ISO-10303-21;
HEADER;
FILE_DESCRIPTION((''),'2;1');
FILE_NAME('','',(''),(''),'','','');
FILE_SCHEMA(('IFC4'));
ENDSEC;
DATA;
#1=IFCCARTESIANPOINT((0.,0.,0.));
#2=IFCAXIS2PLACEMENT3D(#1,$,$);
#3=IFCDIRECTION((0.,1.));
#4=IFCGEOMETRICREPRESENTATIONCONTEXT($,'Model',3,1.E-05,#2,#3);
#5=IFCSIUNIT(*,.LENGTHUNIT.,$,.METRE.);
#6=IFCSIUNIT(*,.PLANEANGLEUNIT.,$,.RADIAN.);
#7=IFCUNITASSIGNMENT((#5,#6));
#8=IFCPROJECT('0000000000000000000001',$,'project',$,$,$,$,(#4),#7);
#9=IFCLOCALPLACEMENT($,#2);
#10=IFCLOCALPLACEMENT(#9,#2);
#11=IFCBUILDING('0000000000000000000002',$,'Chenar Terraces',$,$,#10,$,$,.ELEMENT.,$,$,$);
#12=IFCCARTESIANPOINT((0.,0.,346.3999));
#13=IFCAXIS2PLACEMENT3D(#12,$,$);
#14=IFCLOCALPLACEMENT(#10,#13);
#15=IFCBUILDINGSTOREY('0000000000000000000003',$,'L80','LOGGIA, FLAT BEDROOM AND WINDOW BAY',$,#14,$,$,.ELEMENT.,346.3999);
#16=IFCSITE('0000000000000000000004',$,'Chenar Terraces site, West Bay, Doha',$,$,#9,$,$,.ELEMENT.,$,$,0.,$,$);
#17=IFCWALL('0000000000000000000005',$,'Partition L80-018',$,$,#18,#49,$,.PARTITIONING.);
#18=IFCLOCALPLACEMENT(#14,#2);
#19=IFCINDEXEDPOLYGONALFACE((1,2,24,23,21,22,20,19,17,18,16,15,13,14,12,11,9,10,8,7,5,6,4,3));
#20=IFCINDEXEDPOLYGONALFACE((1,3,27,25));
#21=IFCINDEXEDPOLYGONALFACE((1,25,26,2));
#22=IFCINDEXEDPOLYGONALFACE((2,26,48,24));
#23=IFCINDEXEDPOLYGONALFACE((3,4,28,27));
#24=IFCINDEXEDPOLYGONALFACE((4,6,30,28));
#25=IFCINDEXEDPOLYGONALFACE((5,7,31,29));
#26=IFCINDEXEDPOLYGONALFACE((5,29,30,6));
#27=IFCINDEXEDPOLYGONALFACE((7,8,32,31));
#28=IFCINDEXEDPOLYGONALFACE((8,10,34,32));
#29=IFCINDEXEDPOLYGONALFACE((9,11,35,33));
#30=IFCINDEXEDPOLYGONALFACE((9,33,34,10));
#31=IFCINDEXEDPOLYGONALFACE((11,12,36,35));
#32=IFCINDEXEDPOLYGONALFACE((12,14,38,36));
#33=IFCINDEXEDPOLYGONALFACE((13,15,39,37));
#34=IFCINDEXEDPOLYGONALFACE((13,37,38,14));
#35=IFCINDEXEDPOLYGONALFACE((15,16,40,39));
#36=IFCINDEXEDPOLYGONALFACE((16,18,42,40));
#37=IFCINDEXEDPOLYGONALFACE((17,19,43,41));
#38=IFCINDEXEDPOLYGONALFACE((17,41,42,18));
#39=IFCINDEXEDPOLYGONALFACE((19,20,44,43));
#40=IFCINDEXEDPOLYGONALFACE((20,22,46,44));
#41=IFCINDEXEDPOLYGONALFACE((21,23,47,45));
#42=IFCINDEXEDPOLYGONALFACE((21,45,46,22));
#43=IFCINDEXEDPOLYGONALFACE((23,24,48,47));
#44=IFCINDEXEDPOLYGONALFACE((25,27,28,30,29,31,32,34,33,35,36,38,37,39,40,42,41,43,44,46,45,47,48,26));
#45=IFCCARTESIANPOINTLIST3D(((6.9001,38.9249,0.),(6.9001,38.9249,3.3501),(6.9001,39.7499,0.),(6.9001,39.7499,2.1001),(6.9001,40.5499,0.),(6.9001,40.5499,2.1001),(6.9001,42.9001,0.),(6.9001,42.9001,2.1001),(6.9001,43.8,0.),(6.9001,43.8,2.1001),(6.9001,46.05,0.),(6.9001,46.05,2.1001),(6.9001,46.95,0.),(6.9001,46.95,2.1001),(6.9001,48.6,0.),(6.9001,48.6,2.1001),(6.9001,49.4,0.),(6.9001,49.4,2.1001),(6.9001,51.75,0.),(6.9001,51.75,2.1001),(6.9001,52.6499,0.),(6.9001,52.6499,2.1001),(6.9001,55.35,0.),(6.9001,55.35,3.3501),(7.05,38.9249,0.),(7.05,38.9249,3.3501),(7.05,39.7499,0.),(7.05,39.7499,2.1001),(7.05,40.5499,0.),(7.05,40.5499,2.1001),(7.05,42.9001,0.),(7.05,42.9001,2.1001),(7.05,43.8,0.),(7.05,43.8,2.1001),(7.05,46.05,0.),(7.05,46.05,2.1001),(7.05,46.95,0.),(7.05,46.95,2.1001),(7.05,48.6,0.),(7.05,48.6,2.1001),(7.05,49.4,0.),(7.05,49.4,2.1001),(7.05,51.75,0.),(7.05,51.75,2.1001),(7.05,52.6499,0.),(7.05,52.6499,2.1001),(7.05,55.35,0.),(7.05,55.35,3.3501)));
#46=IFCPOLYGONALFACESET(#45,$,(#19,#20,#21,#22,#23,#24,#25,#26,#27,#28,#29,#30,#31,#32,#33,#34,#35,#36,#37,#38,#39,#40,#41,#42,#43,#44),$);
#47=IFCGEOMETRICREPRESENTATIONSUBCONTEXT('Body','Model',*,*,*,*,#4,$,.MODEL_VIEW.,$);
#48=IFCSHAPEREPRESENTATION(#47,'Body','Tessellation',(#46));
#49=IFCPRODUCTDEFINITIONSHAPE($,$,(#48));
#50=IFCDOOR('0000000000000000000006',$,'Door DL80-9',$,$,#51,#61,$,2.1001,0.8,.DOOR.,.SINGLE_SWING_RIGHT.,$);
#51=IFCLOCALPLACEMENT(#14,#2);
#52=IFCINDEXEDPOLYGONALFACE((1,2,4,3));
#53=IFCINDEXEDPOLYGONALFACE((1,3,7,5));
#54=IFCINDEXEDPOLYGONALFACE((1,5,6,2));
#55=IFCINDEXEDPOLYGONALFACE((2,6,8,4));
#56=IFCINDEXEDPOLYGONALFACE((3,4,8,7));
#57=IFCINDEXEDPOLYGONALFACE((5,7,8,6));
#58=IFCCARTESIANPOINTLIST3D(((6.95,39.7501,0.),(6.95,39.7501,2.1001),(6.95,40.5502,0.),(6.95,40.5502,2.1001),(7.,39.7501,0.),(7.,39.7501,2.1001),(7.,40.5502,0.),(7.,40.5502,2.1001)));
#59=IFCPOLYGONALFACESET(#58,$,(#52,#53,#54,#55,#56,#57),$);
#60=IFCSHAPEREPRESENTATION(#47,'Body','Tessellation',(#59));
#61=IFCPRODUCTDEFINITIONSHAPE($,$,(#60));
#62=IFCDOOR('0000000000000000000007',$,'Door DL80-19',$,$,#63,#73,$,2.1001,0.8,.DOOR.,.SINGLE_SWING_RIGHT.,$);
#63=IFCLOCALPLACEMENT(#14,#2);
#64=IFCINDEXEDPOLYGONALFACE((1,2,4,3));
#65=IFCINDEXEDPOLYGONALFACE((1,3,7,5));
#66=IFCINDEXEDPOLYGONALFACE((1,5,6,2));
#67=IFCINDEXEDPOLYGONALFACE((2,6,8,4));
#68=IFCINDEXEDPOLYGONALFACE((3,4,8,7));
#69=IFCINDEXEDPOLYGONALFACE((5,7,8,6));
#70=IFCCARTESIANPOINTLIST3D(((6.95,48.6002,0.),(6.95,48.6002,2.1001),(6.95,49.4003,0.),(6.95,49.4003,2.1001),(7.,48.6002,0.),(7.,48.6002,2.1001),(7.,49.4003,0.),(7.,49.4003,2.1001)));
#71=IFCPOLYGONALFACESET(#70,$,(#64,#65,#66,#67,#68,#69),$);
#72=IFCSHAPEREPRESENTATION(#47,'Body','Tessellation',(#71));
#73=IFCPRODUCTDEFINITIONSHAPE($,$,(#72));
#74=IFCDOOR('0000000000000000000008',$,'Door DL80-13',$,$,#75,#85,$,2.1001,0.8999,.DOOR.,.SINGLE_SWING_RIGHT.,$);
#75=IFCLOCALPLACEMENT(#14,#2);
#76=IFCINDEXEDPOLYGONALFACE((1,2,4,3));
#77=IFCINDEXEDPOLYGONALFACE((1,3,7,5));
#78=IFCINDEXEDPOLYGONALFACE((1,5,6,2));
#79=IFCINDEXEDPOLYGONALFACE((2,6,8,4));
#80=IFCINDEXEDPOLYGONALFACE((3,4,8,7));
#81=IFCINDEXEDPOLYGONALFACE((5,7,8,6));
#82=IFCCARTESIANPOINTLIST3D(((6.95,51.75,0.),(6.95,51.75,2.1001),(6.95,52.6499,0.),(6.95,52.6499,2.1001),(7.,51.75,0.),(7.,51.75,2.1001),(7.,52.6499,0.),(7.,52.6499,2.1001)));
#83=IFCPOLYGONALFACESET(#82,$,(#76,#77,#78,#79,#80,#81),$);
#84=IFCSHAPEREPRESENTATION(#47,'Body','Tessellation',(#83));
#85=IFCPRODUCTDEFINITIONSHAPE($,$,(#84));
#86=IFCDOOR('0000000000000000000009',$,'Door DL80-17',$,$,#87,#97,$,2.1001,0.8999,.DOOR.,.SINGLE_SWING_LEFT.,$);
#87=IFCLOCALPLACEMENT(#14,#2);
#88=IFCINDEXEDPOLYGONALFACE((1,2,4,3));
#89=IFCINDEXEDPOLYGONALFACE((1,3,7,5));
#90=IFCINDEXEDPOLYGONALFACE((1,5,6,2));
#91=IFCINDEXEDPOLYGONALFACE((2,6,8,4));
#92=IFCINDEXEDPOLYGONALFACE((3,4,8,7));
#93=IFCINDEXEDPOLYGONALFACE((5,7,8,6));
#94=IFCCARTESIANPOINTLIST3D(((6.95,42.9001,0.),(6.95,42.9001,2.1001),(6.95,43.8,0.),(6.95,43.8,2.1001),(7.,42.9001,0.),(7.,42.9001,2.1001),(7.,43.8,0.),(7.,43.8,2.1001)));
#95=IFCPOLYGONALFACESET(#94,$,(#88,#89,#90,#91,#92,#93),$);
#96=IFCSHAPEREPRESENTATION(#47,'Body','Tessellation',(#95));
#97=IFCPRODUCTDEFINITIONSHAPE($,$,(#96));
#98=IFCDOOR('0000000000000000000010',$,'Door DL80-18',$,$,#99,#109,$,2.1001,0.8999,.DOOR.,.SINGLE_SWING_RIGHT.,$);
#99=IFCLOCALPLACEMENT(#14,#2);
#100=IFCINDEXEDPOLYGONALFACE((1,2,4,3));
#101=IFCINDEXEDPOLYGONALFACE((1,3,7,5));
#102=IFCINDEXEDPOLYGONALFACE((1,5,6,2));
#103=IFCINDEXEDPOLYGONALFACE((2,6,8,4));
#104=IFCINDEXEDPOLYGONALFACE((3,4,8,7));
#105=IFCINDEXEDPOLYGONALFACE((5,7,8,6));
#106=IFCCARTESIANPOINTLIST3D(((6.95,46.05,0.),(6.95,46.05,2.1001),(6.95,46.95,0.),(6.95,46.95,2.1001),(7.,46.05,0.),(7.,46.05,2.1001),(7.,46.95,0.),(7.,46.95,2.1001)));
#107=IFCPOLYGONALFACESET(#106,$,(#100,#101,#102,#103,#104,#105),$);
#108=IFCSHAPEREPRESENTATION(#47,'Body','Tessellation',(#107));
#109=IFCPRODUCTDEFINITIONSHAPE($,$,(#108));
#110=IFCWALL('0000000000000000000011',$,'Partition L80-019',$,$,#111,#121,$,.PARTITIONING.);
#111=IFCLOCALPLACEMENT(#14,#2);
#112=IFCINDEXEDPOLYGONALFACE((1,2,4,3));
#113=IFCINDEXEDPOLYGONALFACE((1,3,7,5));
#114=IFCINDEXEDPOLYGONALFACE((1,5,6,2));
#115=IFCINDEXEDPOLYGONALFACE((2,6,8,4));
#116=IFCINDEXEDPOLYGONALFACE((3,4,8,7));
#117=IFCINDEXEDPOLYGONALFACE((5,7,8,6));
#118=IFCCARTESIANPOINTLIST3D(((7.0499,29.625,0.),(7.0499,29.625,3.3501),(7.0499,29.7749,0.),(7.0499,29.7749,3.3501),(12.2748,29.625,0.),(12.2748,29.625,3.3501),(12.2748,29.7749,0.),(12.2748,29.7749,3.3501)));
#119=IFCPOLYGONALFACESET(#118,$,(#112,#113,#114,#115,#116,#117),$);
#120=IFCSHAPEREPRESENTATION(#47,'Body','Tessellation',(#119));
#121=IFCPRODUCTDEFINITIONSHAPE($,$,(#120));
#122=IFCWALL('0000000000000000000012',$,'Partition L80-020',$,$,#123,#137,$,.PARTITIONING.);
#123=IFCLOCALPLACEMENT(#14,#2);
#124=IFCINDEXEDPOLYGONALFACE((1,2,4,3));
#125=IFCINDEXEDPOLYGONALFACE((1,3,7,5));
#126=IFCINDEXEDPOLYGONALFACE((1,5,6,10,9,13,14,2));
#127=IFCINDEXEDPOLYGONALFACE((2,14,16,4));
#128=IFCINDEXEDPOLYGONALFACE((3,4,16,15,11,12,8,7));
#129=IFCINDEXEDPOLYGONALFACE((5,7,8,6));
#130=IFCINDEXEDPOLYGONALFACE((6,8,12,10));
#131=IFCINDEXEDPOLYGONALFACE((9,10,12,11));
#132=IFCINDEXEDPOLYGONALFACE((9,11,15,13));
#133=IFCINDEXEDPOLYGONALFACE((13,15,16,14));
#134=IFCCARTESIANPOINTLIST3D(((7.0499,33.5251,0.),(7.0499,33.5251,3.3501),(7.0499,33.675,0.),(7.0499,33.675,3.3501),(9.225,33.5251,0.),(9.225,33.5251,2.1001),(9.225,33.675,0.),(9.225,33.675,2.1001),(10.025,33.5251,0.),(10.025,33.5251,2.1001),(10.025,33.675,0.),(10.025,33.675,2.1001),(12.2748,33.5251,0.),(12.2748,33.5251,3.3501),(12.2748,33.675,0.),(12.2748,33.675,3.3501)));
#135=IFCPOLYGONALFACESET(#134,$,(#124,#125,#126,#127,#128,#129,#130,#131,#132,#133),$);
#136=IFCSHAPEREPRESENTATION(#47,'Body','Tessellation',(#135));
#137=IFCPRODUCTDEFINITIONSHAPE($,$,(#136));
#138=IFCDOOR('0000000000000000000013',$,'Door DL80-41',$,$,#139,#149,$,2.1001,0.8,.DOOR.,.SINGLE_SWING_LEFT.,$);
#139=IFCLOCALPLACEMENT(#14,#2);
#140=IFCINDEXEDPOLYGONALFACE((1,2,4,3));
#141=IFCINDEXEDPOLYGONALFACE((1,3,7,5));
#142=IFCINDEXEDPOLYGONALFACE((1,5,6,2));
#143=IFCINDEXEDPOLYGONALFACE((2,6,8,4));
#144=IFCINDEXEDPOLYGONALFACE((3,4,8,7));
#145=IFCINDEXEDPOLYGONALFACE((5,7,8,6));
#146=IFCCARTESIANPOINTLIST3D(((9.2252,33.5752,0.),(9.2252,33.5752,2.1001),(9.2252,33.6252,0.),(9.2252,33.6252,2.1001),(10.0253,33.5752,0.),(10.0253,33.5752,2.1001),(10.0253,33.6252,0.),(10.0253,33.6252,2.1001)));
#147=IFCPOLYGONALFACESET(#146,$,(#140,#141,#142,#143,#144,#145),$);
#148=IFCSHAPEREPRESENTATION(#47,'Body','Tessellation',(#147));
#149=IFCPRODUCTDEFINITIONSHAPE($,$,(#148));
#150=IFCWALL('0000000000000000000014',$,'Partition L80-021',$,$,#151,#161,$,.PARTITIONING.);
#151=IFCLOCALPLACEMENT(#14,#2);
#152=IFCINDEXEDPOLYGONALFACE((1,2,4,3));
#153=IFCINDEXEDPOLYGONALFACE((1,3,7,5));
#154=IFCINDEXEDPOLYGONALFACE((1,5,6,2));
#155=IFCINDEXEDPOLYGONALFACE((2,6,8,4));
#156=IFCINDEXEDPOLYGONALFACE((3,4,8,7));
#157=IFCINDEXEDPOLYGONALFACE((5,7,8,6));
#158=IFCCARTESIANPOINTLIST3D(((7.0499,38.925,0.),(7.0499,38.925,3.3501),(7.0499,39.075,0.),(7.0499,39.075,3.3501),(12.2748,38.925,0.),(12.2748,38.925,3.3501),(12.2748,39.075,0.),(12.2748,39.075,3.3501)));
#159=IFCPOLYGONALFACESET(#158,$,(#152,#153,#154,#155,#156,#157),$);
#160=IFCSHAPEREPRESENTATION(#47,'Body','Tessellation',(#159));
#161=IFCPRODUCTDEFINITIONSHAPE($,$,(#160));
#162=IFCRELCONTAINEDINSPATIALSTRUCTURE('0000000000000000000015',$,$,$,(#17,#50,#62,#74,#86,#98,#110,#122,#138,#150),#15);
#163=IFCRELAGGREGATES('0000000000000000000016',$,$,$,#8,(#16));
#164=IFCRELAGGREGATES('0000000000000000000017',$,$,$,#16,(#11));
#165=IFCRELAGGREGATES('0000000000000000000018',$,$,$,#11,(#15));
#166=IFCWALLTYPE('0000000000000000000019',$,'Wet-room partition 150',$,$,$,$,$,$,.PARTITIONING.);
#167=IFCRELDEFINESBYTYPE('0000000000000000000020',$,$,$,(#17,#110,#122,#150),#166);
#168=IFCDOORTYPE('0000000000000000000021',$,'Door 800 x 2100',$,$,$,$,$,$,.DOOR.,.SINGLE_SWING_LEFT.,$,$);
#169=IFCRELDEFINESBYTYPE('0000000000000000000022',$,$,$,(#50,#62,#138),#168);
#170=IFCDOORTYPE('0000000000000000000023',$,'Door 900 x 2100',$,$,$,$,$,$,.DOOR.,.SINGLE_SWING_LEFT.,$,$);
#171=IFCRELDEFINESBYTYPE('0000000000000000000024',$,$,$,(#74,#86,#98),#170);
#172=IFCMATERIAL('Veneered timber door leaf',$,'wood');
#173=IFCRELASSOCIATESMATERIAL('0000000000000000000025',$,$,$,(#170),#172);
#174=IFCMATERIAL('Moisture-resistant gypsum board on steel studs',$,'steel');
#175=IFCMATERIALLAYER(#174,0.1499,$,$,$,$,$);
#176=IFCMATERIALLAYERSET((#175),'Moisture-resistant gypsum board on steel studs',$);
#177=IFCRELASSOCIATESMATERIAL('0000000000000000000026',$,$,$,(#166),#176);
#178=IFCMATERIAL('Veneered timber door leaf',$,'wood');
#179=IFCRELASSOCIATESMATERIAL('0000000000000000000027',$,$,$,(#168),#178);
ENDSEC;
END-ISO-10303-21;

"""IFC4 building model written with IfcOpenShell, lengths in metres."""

from ifc_helpers import new_model, si_unit, direction, frame, frame_2d, origin, place, context, subcontext, project, spatial, rectangle, extrude, material, layer, layer_set, type_object, element, fill, save


model = new_model("IFC4")

# Units and contexts
model_context = context("Model", 3, precision=1e-05, world=origin(), true_north=direction((0.0, 1.0)))
body_context = subcontext(model_context, "Body", "Model", "MODEL_VIEW")
ifc_project = project(units=[si_unit("LENGTHUNIT", "METRE"), si_unit("PLANEANGLEUNIT", "RADIAN")], contexts=[model_context])

# Site, building, storey
site_placement = place(None, origin())
site = spatial("IfcSite", under=ifc_project, at=site_placement, Name="Chenar Terraces site, West Bay, Doha", CompositionType="ELEMENT", RefElevation=0.0)
building_placement = place(site_placement, origin())
building = spatial("IfcBuilding", under=site, at=building_placement, Name="Chenar Terraces", CompositionType="ELEMENT")
storey_placement = place(building_placement, frame((0.0, 0.0, 346.3999)))
storey = spatial("IfcBuildingStorey", under=building, at=storey_placement, Name="L80", Description="LOGGIA, FLAT BEDROOM AND WINDOW BAY", CompositionType="ELEMENT", Elevation=346.3999)

# Shared definitions
ifc_material_1 = material(Name="Veneered timber door leaf", Category="wood")
door_type_1 = type_object("IfcDoorType", Name="Door 900 x 2100", OperationType="SINGLE_SWING_LEFT", PredefinedType="DOOR", material=ifc_material_1)

# Wall, openings, doors
ifc_material_2 = material(Name="Moisture-resistant gypsum board on steel studs", Category="steel")
ifc_layer_1 = layer(ifc_material_2, 0.1499)
ifc_layer_set_1 = layer_set([ifc_layer_1], Name="Moisture-resistant gypsum board on steel studs")
wall_type_1 = type_object("IfcWallType", Name="Wet-room partition 150", PredefinedType="PARTITIONING", material=ifc_layer_set_1)
wall_1_placement = place(storey_placement, frame((6.9751, 38.925, 0.0), z_axis=(0.0, 0.0, 1.0), x_axis=(0.0, 1.0, 0.0)))
wall_1 = element("IfcWall", 1, at=wall_1_placement, inside=storey, type_object=wall_type_1, Name="Partition L80-018", PredefinedType="PARTITIONING", context=body_context, shape_type="SweptSolid", body=[
    extrude(rectangle(XDim=16.425, YDim=0.1499, at=frame_2d((8.2124, 0.0))), origin(), (0.0, 0.0, 1.0), 3.3501),
])
opening_1_placement = place(wall_1_placement, frame((0.825, 0.0, 0.0)))
opening_1 = element("IfcOpeningElement", 2, at=opening_1_placement, cuts=wall_1, PredefinedType="OPENING", context=body_context, shape_type="SweptSolid", body=[
    extrude(rectangle(XDim=0.8, YDim=2.1001, at=frame_2d((0.3999, 1.05))), frame((0.0, 0.085, 0.0), z_axis=(0.0, -1.0, 0.0), x_axis=(1.0, 0.0, 0.0)), (0.0, 0.0, 1.0), 0.1699),
])
opening_2_placement = place(wall_1_placement, frame((12.825, 0.0, 0.0)))
opening_2 = element("IfcOpeningElement", 3, at=opening_2_placement, cuts=wall_1, PredefinedType="OPENING", context=body_context, shape_type="SweptSolid", body=[
    extrude(rectangle(XDim=0.8999, YDim=2.1001, at=frame_2d((0.45, 1.05))), frame((0.0, 0.085, 0.0), z_axis=(0.0, -1.0, 0.0), x_axis=(1.0, 0.0, 0.0)), (0.0, 0.0, 1.0), 0.1699),
])
opening_3_placement = place(wall_1_placement, frame((3.9751, 0.0, 0.0)))
opening_3 = element("IfcOpeningElement", 4, at=opening_3_placement, cuts=wall_1, PredefinedType="OPENING", context=body_context, shape_type="SweptSolid", body=[
    extrude(rectangle(XDim=0.8999, YDim=2.1001, at=frame_2d((0.45, 1.05))), frame((0.0, 0.085, 0.0), z_axis=(0.0, -1.0, 0.0), x_axis=(1.0, 0.0, 0.0)), (0.0, 0.0, 1.0), 0.1699),
])
opening_4_placement = place(wall_1_placement, frame((7.125, 0.0, 0.0)))
opening_4 = element("IfcOpeningElement", 5, at=opening_4_placement, cuts=wall_1, PredefinedType="OPENING", context=body_context, shape_type="SweptSolid", body=[
    extrude(rectangle(XDim=0.8999, YDim=2.1001, at=frame_2d((0.45, 1.05))), frame((0.0, 0.085, 0.0), z_axis=(0.0, -1.0, 0.0), x_axis=(1.0, 0.0, 0.0)), (0.0, 0.0, 1.0), 0.1699),
])
opening_5_placement = place(wall_1_placement, frame((9.675, 0.0, 0.0)))
opening_5 = element("IfcOpeningElement", 6, at=opening_5_placement, cuts=wall_1, PredefinedType="OPENING", context=body_context, shape_type="SweptSolid", body=[
    extrude(rectangle(XDim=0.8, YDim=2.1001, at=frame_2d((0.3999, 1.05))), frame((0.0, 0.085, 0.0), z_axis=(0.0, -1.0, 0.0), x_axis=(1.0, 0.0, 0.0)), (0.0, 0.0, 1.0), 0.1699),
])
ifc_material_3 = material(Name="Veneered timber door leaf", Category="wood")
door_type_2 = type_object("IfcDoorType", Name="Door 800 x 2100", OperationType="SINGLE_SWING_LEFT", PredefinedType="DOOR", material=ifc_material_3)
door_1_placement = place(opening_1_placement, frame((0.8, 0.0, 0.0), z_axis=(0.0, 0.0, 1.0), x_axis=(-1.0, 0.0, 0.0)))
door_1 = element("IfcDoor", 7, at=door_1_placement, inside=storey, type_object=door_type_2, Name="Door DL80-9", OperationType="SINGLE_SWING_RIGHT", OverallHeight=2.1001, OverallWidth=0.8, PredefinedType="DOOR", context=body_context, shape_type="SweptSolid", body=[
    extrude(rectangle(XDim=0.8, YDim=2.1001, at=frame_2d((0.3999, 1.05))), frame((0.0, 0.0249, 0.0), z_axis=(0.0, -1.0, 0.0), x_axis=(1.0, 0.0, 0.0)), (0.0, 0.0, 1.0), 0.05),
])
fill(opening_1, door_1)
door_2_placement = place(opening_5_placement, frame((0.8, 0.0, 0.0), z_axis=(0.0, 0.0, 1.0), x_axis=(-1.0, 0.0, 0.0)))
door_2 = element("IfcDoor", 8, at=door_2_placement, inside=storey, type_object=door_type_2, Name="Door DL80-19", OperationType="SINGLE_SWING_RIGHT", OverallHeight=2.1001, OverallWidth=0.8, PredefinedType="DOOR", context=body_context, shape_type="SweptSolid", body=[
    extrude(rectangle(XDim=0.8, YDim=2.1001, at=frame_2d((0.3999, 1.05))), frame((0.0, 0.0249, 0.0), z_axis=(0.0, -1.0, 0.0), x_axis=(1.0, 0.0, 0.0)), (0.0, 0.0, 1.0), 0.05),
])
fill(opening_5, door_2)
door_3_placement = place(opening_2_placement, frame((0.8999, 0.0, 0.0), z_axis=(0.0, 0.0, 1.0), x_axis=(-1.0, 0.0, 0.0)))
door_3 = element("IfcDoor", 9, at=door_3_placement, inside=storey, type_object=door_type_1, Name="Door DL80-13", OperationType="SINGLE_SWING_RIGHT", OverallHeight=2.1001, OverallWidth=0.8999, PredefinedType="DOOR", context=body_context, shape_type="SweptSolid", body=[
    extrude(rectangle(XDim=0.8999, YDim=2.1001, at=frame_2d((0.45, 1.05))), frame((0.0, 0.0249, 0.0), z_axis=(0.0, -1.0, 0.0), x_axis=(1.0, 0.0, 0.0)), (0.0, 0.0, 1.0), 0.05),
])
fill(opening_2, door_3)
door_4_placement = place(opening_3_placement, frame((0.8999, 0.0, 0.0), z_axis=(0.0, 0.0, 1.0), x_axis=(-1.0, 0.0, 0.0)))
door_4 = element("IfcDoor", 10, at=door_4_placement, inside=storey, type_object=door_type_1, Name="Door DL80-17", OperationType="SINGLE_SWING_LEFT", OverallHeight=2.1001, OverallWidth=0.8999, PredefinedType="DOOR", context=body_context, shape_type="SweptSolid", body=[
    extrude(rectangle(XDim=0.8999, YDim=2.1001, at=frame_2d((0.45, 1.05))), frame((0.0, 0.0249, 0.0), z_axis=(0.0, -1.0, 0.0), x_axis=(1.0, 0.0, 0.0)), (0.0, 0.0, 1.0), 0.05),
])
fill(opening_3, door_4)
door_5_placement = place(opening_4_placement, frame((0.8999, 0.0, 0.0), z_axis=(0.0, 0.0, 1.0), x_axis=(-1.0, 0.0, 0.0)))
door_5 = element("IfcDoor", 11, at=door_5_placement, inside=storey, type_object=door_type_1, Name="Door DL80-18", OperationType="SINGLE_SWING_RIGHT", OverallHeight=2.1001, OverallWidth=0.8999, PredefinedType="DOOR", context=body_context, shape_type="SweptSolid", body=[
    extrude(rectangle(XDim=0.8999, YDim=2.1001, at=frame_2d((0.45, 1.05))), frame((0.0, 0.0249, 0.0), z_axis=(0.0, -1.0, 0.0), x_axis=(1.0, 0.0, 0.0)), (0.0, 0.0, 1.0), 0.05),
])
fill(opening_4, door_5)

# Wall
wall_2_placement = place(storey_placement, frame((7.05, 29.7, 0.0), z_axis=(0.0, 0.0, 1.0), x_axis=(1.0, 0.0, 0.0)))
element("IfcWall", 12, at=wall_2_placement, inside=storey, type_object=wall_type_1, Name="Partition L80-019", PredefinedType="PARTITIONING", context=body_context, shape_type="SweptSolid", body=[
    extrude(rectangle(XDim=5.2249, YDim=0.1499, at=frame_2d((2.6123, 0.0))), origin(), (0.0, 0.0, 1.0), 3.3501),
])

# Wall, opening, door
wall_3_placement = place(storey_placement, frame((7.05, 33.6001, 0.0), z_axis=(0.0, 0.0, 1.0), x_axis=(1.0, 0.0, 0.0)))
wall_3 = element("IfcWall", 13, at=wall_3_placement, inside=storey, type_object=wall_type_1, Name="Partition L80-020", PredefinedType="PARTITIONING", context=body_context, shape_type="SweptSolid", body=[
    extrude(rectangle(XDim=5.2249, YDim=0.1499, at=frame_2d((2.6123, 0.0))), origin(), (0.0, 0.0, 1.0), 3.3501),
])
opening_6_placement = place(wall_3_placement, frame((2.175, 0.0, 0.0)))
opening_6 = element("IfcOpeningElement", 14, at=opening_6_placement, cuts=wall_3, PredefinedType="OPENING", context=body_context, shape_type="SweptSolid", body=[
    extrude(rectangle(XDim=0.8, YDim=2.1001, at=frame_2d((0.3999, 1.05))), frame((0.0, 0.085, 0.0), z_axis=(0.0, -1.0, 0.0), x_axis=(1.0, 0.0, 0.0)), (0.0, 0.0, 1.0), 0.1699),
])
door_6_placement = place(opening_6_placement, frame((0.8, 0.0, 0.0), z_axis=(0.0, 0.0, 1.0), x_axis=(-1.0, 0.0, 0.0)))
door_6 = element("IfcDoor", 15, at=door_6_placement, inside=storey, type_object=door_type_2, Name="Door DL80-41", OperationType="SINGLE_SWING_LEFT", OverallHeight=2.1001, OverallWidth=0.8, PredefinedType="DOOR", context=body_context, shape_type="SweptSolid", body=[
    extrude(rectangle(XDim=0.8, YDim=2.1001, at=frame_2d((0.3999, 1.05))), frame((0.0, 0.0249, 0.0), z_axis=(0.0, -1.0, 0.0), x_axis=(1.0, 0.0, 0.0)), (0.0, 0.0, 1.0), 0.05),
])
fill(opening_6, door_6)

# Wall
for number, where, z_axis, x_axis, name in (
    (16, (7.05, 39.0, 0.0), (0.0, 0.0, 1.0), (1.0, 0.0, 0.0), "Partition L80-021"),
):
    element("IfcWall", number, at=place(storey_placement, frame(where, z_axis=z_axis, x_axis=x_axis)), inside=storey, type_object=wall_type_1, Name=name, PredefinedType="PARTITIONING", context=body_context, shape_type="SweptSolid", body=[
        extrude(rectangle(XDim=5.2249, YDim=0.1499, at=frame_2d((2.6123, 0.0))), origin(), (0.0, 0.0, 1.0), 3.3501),
    ])

save(model, "model.ifc")
